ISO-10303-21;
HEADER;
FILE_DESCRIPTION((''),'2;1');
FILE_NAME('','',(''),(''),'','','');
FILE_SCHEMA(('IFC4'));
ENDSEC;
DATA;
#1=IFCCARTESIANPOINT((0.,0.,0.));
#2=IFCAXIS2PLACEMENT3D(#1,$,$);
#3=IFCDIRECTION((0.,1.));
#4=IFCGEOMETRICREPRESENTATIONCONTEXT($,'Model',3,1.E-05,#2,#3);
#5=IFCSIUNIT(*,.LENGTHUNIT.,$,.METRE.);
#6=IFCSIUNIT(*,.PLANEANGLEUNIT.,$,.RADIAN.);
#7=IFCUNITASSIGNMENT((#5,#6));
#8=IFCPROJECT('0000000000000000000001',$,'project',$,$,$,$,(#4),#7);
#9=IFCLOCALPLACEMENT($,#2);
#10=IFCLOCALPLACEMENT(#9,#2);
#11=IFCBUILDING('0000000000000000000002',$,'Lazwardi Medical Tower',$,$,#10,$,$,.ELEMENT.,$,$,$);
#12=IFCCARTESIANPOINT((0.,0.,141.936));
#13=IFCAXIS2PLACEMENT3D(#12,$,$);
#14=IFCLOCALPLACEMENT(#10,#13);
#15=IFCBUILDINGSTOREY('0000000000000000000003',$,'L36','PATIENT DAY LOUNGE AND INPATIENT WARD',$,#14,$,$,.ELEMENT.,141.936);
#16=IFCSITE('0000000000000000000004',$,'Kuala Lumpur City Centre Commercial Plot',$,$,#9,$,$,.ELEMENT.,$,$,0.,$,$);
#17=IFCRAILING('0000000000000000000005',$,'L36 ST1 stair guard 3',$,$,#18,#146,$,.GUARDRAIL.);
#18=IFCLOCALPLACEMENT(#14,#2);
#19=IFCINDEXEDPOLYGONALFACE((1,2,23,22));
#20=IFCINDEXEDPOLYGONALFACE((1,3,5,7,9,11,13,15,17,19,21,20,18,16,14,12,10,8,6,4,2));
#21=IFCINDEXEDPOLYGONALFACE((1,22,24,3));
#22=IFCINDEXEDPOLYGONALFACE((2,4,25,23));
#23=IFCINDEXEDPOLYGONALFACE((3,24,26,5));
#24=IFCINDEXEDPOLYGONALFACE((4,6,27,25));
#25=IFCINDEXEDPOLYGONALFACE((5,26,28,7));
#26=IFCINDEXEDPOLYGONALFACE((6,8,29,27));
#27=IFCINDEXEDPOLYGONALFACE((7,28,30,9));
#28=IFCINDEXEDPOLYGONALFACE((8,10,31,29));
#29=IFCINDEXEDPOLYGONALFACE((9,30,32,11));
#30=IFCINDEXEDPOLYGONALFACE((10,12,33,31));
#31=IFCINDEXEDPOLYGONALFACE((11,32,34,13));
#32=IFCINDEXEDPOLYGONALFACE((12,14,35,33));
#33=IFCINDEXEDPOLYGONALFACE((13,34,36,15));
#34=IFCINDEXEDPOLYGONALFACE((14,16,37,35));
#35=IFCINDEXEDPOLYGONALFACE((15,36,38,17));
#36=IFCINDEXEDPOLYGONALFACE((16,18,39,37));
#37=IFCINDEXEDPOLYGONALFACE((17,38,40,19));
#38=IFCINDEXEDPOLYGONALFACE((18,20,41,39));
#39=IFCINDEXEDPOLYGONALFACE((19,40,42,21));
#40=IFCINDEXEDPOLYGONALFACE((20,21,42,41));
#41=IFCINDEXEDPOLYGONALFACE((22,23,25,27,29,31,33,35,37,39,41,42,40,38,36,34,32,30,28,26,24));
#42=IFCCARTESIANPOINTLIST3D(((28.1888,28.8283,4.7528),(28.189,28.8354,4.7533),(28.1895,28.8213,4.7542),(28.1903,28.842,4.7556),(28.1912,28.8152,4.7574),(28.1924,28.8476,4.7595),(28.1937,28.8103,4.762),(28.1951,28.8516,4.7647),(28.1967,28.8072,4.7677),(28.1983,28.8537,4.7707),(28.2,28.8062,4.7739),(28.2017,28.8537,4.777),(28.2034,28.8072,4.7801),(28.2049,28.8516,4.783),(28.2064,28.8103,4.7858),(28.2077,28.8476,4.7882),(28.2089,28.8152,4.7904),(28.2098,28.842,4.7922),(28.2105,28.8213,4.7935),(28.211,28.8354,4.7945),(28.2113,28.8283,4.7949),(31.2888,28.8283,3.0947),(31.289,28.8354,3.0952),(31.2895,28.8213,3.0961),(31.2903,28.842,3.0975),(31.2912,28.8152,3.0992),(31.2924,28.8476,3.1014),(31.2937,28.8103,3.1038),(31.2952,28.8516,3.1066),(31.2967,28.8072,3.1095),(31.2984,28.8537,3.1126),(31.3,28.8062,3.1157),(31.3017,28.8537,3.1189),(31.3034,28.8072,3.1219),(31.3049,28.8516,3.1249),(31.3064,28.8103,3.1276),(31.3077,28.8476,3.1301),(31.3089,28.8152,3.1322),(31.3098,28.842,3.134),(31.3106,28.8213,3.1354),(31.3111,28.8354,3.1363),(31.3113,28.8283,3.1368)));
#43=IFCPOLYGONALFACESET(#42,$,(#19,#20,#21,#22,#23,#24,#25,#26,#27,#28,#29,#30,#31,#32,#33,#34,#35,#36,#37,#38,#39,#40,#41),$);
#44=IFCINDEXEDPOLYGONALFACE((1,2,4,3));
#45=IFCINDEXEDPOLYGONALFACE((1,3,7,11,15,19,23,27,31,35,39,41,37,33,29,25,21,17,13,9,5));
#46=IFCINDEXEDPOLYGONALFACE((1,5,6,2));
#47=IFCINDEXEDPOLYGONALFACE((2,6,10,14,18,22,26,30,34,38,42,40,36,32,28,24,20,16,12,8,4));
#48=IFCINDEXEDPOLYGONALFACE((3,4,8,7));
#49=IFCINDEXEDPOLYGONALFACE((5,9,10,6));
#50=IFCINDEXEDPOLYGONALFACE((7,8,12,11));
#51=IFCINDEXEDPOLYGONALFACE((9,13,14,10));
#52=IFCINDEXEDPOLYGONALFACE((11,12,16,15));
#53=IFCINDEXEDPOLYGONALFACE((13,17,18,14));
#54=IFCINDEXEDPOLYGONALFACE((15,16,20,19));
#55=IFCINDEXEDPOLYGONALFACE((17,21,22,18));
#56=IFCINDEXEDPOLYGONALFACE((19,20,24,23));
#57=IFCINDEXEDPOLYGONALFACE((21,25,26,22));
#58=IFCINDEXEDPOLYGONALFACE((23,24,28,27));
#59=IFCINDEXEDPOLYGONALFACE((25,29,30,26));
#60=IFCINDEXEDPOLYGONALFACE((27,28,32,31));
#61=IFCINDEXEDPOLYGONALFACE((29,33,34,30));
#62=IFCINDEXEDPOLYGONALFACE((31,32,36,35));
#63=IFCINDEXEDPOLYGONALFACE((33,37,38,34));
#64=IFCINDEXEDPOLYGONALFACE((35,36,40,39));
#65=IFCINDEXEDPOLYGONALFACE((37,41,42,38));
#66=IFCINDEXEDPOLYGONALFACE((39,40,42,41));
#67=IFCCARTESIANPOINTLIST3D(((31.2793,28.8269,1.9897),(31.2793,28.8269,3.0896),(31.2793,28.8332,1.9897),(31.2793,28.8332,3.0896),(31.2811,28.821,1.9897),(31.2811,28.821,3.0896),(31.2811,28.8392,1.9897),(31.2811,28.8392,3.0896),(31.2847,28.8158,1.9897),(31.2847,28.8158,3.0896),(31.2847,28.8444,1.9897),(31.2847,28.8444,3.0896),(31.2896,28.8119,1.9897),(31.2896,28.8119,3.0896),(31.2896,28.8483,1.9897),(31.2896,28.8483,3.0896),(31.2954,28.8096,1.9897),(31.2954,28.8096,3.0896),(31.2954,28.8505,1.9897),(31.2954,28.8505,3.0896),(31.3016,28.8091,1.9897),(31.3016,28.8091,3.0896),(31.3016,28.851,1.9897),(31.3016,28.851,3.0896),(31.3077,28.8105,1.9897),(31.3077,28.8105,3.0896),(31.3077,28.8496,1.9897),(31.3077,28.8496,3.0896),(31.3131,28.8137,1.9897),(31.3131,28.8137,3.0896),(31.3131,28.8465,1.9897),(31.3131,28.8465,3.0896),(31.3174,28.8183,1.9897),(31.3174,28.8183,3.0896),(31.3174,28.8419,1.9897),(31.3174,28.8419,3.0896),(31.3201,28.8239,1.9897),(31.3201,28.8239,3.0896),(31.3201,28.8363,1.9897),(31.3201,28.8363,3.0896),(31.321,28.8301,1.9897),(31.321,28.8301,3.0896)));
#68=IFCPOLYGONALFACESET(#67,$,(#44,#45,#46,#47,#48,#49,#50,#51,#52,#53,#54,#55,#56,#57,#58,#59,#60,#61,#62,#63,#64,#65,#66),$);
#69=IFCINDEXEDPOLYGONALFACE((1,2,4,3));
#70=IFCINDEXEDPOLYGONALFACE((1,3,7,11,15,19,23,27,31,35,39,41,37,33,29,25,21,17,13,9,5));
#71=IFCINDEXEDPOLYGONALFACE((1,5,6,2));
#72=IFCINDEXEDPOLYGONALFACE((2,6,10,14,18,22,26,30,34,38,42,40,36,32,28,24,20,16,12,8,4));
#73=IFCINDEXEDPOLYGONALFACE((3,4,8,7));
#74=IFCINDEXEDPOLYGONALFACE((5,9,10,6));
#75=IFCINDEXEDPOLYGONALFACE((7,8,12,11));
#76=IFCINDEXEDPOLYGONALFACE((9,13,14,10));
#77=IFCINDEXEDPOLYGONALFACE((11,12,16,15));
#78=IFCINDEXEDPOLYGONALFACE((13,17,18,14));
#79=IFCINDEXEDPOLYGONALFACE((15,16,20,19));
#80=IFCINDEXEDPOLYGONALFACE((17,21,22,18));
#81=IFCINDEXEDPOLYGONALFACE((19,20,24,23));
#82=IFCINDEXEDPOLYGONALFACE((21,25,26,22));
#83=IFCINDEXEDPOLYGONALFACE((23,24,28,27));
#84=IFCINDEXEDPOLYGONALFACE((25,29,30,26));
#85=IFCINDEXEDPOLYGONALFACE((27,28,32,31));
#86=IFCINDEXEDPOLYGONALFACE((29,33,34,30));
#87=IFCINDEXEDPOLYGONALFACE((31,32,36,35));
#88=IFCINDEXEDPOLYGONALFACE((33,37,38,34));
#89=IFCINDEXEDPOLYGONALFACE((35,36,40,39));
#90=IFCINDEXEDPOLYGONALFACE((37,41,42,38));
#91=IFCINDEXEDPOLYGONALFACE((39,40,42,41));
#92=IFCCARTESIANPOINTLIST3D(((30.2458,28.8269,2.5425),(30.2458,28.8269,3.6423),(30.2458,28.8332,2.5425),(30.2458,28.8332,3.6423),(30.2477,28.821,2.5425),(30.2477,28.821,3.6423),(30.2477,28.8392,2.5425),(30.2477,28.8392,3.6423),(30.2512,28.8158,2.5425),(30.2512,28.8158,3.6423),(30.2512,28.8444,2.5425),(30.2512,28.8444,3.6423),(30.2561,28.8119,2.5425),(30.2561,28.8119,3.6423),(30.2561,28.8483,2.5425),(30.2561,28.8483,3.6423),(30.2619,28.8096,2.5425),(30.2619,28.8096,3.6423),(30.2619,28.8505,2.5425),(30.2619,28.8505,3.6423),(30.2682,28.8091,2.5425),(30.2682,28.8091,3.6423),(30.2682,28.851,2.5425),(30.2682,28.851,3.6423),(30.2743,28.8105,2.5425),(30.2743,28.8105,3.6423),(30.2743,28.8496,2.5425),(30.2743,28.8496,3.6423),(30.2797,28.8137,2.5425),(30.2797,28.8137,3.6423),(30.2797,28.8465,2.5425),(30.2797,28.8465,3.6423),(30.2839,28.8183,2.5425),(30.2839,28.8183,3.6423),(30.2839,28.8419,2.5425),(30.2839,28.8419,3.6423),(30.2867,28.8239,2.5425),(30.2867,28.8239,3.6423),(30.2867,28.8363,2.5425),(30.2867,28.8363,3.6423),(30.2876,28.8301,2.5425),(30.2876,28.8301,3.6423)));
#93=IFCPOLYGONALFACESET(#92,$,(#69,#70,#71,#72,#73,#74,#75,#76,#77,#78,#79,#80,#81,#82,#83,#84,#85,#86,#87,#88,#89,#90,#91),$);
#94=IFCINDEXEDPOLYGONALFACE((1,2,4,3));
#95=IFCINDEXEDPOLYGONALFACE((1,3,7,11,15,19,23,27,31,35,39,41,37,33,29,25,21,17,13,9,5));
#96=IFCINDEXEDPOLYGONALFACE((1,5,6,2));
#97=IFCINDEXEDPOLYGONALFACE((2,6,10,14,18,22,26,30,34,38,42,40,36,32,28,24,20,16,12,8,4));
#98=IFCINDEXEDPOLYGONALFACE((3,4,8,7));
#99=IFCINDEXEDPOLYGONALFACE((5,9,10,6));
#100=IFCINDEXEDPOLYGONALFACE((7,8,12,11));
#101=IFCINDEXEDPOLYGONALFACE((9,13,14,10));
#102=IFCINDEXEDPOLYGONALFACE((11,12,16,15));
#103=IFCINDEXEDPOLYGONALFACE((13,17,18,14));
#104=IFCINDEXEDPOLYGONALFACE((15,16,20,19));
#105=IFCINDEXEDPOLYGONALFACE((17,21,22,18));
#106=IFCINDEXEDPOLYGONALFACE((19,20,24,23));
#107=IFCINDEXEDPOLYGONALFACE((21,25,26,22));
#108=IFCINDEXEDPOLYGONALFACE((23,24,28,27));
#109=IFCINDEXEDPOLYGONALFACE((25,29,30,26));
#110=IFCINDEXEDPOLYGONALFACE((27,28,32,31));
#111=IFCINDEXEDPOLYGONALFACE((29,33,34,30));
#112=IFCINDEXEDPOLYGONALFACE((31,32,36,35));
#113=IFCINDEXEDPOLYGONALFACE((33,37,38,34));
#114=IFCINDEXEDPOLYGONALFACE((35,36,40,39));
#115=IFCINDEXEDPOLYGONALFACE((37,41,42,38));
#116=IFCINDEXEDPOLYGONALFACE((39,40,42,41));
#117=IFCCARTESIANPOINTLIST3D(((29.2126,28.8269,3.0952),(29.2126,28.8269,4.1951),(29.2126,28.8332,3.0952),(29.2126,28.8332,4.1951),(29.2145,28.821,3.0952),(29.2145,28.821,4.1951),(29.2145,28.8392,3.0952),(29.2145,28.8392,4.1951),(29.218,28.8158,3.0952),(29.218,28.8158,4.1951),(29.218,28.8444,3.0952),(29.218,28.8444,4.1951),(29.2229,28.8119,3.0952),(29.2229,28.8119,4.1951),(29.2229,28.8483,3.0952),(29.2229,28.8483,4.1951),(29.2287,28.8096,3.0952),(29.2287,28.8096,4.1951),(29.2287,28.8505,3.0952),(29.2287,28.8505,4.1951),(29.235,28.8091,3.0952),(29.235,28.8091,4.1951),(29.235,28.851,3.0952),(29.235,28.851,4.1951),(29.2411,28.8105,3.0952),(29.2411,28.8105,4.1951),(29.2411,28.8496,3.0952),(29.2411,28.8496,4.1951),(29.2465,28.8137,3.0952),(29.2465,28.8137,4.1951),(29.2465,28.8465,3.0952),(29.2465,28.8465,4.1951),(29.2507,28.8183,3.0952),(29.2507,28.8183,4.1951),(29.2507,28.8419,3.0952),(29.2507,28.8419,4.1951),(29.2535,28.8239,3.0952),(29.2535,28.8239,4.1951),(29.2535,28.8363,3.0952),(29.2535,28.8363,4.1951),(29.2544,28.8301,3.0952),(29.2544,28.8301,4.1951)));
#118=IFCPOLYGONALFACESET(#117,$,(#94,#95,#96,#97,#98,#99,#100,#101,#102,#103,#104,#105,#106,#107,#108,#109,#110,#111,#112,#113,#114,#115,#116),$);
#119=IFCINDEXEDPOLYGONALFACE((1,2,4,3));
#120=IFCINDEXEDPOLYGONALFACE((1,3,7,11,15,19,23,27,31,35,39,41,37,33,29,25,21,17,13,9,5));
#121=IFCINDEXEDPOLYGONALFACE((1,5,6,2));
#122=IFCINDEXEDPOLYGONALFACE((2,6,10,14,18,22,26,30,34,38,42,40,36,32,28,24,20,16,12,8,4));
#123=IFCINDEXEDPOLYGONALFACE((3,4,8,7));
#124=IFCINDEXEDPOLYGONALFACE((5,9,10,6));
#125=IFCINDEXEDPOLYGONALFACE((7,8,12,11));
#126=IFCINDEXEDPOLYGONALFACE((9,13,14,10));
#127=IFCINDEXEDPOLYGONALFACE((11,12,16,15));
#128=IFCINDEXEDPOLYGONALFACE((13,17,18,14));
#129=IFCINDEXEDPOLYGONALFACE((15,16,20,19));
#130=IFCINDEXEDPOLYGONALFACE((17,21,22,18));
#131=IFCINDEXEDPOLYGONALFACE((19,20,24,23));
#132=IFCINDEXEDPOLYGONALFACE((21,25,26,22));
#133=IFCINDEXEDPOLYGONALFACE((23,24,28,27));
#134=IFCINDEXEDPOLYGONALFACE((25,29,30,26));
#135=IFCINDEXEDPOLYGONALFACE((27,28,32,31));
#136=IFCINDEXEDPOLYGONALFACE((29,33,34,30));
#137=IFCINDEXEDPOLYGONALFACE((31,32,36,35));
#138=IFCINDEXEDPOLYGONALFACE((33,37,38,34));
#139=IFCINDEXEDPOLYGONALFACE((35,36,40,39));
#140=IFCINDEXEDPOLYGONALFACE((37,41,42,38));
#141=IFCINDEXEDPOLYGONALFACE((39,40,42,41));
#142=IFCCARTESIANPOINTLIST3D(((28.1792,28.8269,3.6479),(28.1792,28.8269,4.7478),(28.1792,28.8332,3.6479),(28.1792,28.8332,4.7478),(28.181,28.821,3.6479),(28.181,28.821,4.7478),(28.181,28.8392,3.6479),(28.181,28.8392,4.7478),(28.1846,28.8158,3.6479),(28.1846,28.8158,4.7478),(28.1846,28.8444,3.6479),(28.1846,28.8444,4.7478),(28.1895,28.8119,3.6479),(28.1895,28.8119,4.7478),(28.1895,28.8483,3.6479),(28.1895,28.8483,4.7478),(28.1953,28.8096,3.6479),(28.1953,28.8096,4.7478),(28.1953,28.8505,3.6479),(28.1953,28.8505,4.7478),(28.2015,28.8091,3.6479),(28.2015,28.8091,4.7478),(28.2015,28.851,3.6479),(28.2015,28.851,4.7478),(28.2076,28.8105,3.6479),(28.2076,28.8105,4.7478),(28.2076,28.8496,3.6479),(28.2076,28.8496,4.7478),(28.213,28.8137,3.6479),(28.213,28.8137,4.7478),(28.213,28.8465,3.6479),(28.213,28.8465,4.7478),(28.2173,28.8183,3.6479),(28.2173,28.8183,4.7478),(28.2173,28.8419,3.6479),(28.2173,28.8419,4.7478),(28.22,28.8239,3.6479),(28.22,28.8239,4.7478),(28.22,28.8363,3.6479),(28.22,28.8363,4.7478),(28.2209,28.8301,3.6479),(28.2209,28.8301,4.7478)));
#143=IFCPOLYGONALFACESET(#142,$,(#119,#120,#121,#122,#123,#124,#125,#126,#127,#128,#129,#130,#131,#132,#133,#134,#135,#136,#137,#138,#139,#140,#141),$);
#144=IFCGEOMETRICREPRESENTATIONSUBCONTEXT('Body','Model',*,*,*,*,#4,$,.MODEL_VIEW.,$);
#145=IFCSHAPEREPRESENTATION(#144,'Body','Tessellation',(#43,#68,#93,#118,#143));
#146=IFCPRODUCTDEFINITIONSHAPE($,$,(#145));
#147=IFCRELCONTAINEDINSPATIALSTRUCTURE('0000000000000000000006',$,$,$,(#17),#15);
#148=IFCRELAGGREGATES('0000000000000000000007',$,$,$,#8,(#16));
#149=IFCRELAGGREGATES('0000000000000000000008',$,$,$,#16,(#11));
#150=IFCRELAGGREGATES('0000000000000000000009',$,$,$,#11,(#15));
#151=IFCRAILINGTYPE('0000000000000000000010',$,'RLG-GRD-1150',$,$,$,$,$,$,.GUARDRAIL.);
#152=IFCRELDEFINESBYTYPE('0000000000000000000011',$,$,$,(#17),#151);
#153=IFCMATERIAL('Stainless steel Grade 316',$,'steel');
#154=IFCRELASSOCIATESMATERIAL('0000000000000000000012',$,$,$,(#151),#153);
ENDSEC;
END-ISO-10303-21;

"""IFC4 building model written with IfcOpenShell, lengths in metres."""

from ifc_helpers import new_model, si_unit, direction, frame, origin, origin_2d, place, context, subcontext, project, spatial, circle, extrude, material, type_object, element, save


model = new_model("IFC4")

# Units and contexts
model_context = context("Model", 3, precision=1e-05, world=origin(), true_north=direction((0.0, 1.0)))
body_context = subcontext(model_context, "Body", "Model", "MODEL_VIEW")
ifc_project = project(units=[si_unit("LENGTHUNIT", "METRE"), si_unit("PLANEANGLEUNIT", "RADIAN")], contexts=[model_context])

# Site, building, storey
site_placement = place(None, origin())
site = spatial("IfcSite", under=ifc_project, at=site_placement, Name="Kuala Lumpur City Centre Commercial Plot", CompositionType="ELEMENT", RefElevation=0.0)
building_placement = place(site_placement, origin())
building = spatial("IfcBuilding", under=site, at=building_placement, Name="Lazwardi Medical Tower", CompositionType="ELEMENT")
storey_placement = place(building_placement, frame((0.0, 0.0, 141.936)))
storey = spatial("IfcBuildingStorey", under=building, at=storey_placement, Name="L36", Description="PATIENT DAY LOUNGE AND INPATIENT WARD", CompositionType="ELEMENT", Elevation=141.936)

# Railing
ifc_material_1 = material(Name="Stainless steel Grade 316", Category="steel")
railing_type_1 = type_object("IfcRailingType", Name="RLG-GRD-1150", PredefinedType="GUARDRAIL", material=ifc_material_1)
railing_1_placement = place(storey_placement, frame((31.3, 28.8301, 1.9897)))
element("IfcRailing", 1, at=railing_1_placement, inside=storey, type_object=railing_type_1, Name="L36 ST1 stair guard 3", PredefinedType="GUARDRAIL", context=body_context, shape_type="SweptSolid", body=[
    extrude(circle(Radius=0.0239, at=origin_2d()), frame((0.0, 0.0, 1.126), z_axis=(-0.881783, 0.0, 0.471655), x_axis=(0.0, -1.0, 0.0)), (0.0, 0.0, 1.0), 3.5156),
    extrude(circle(Radius=0.021, at=origin_2d()), origin(), (0.0, 0.0, 1.0), 1.0999),
    extrude(circle(Radius=0.021, at=origin_2d()), frame((-1.0334, 0.0, 0.5527)), (0.0, 0.0, 1.0), 1.0999),
    extrude(circle(Radius=0.021, at=origin_2d()), frame((-2.0667, 0.0, 1.1055)), (0.0, 0.0, 1.0), 1.0999),
    extrude(circle(Radius=0.021, at=origin_2d()), frame((-3.1001, 0.0, 1.6582)), (0.0, 0.0, 1.0), 1.0999),
])

save(model, "model.ifc")
